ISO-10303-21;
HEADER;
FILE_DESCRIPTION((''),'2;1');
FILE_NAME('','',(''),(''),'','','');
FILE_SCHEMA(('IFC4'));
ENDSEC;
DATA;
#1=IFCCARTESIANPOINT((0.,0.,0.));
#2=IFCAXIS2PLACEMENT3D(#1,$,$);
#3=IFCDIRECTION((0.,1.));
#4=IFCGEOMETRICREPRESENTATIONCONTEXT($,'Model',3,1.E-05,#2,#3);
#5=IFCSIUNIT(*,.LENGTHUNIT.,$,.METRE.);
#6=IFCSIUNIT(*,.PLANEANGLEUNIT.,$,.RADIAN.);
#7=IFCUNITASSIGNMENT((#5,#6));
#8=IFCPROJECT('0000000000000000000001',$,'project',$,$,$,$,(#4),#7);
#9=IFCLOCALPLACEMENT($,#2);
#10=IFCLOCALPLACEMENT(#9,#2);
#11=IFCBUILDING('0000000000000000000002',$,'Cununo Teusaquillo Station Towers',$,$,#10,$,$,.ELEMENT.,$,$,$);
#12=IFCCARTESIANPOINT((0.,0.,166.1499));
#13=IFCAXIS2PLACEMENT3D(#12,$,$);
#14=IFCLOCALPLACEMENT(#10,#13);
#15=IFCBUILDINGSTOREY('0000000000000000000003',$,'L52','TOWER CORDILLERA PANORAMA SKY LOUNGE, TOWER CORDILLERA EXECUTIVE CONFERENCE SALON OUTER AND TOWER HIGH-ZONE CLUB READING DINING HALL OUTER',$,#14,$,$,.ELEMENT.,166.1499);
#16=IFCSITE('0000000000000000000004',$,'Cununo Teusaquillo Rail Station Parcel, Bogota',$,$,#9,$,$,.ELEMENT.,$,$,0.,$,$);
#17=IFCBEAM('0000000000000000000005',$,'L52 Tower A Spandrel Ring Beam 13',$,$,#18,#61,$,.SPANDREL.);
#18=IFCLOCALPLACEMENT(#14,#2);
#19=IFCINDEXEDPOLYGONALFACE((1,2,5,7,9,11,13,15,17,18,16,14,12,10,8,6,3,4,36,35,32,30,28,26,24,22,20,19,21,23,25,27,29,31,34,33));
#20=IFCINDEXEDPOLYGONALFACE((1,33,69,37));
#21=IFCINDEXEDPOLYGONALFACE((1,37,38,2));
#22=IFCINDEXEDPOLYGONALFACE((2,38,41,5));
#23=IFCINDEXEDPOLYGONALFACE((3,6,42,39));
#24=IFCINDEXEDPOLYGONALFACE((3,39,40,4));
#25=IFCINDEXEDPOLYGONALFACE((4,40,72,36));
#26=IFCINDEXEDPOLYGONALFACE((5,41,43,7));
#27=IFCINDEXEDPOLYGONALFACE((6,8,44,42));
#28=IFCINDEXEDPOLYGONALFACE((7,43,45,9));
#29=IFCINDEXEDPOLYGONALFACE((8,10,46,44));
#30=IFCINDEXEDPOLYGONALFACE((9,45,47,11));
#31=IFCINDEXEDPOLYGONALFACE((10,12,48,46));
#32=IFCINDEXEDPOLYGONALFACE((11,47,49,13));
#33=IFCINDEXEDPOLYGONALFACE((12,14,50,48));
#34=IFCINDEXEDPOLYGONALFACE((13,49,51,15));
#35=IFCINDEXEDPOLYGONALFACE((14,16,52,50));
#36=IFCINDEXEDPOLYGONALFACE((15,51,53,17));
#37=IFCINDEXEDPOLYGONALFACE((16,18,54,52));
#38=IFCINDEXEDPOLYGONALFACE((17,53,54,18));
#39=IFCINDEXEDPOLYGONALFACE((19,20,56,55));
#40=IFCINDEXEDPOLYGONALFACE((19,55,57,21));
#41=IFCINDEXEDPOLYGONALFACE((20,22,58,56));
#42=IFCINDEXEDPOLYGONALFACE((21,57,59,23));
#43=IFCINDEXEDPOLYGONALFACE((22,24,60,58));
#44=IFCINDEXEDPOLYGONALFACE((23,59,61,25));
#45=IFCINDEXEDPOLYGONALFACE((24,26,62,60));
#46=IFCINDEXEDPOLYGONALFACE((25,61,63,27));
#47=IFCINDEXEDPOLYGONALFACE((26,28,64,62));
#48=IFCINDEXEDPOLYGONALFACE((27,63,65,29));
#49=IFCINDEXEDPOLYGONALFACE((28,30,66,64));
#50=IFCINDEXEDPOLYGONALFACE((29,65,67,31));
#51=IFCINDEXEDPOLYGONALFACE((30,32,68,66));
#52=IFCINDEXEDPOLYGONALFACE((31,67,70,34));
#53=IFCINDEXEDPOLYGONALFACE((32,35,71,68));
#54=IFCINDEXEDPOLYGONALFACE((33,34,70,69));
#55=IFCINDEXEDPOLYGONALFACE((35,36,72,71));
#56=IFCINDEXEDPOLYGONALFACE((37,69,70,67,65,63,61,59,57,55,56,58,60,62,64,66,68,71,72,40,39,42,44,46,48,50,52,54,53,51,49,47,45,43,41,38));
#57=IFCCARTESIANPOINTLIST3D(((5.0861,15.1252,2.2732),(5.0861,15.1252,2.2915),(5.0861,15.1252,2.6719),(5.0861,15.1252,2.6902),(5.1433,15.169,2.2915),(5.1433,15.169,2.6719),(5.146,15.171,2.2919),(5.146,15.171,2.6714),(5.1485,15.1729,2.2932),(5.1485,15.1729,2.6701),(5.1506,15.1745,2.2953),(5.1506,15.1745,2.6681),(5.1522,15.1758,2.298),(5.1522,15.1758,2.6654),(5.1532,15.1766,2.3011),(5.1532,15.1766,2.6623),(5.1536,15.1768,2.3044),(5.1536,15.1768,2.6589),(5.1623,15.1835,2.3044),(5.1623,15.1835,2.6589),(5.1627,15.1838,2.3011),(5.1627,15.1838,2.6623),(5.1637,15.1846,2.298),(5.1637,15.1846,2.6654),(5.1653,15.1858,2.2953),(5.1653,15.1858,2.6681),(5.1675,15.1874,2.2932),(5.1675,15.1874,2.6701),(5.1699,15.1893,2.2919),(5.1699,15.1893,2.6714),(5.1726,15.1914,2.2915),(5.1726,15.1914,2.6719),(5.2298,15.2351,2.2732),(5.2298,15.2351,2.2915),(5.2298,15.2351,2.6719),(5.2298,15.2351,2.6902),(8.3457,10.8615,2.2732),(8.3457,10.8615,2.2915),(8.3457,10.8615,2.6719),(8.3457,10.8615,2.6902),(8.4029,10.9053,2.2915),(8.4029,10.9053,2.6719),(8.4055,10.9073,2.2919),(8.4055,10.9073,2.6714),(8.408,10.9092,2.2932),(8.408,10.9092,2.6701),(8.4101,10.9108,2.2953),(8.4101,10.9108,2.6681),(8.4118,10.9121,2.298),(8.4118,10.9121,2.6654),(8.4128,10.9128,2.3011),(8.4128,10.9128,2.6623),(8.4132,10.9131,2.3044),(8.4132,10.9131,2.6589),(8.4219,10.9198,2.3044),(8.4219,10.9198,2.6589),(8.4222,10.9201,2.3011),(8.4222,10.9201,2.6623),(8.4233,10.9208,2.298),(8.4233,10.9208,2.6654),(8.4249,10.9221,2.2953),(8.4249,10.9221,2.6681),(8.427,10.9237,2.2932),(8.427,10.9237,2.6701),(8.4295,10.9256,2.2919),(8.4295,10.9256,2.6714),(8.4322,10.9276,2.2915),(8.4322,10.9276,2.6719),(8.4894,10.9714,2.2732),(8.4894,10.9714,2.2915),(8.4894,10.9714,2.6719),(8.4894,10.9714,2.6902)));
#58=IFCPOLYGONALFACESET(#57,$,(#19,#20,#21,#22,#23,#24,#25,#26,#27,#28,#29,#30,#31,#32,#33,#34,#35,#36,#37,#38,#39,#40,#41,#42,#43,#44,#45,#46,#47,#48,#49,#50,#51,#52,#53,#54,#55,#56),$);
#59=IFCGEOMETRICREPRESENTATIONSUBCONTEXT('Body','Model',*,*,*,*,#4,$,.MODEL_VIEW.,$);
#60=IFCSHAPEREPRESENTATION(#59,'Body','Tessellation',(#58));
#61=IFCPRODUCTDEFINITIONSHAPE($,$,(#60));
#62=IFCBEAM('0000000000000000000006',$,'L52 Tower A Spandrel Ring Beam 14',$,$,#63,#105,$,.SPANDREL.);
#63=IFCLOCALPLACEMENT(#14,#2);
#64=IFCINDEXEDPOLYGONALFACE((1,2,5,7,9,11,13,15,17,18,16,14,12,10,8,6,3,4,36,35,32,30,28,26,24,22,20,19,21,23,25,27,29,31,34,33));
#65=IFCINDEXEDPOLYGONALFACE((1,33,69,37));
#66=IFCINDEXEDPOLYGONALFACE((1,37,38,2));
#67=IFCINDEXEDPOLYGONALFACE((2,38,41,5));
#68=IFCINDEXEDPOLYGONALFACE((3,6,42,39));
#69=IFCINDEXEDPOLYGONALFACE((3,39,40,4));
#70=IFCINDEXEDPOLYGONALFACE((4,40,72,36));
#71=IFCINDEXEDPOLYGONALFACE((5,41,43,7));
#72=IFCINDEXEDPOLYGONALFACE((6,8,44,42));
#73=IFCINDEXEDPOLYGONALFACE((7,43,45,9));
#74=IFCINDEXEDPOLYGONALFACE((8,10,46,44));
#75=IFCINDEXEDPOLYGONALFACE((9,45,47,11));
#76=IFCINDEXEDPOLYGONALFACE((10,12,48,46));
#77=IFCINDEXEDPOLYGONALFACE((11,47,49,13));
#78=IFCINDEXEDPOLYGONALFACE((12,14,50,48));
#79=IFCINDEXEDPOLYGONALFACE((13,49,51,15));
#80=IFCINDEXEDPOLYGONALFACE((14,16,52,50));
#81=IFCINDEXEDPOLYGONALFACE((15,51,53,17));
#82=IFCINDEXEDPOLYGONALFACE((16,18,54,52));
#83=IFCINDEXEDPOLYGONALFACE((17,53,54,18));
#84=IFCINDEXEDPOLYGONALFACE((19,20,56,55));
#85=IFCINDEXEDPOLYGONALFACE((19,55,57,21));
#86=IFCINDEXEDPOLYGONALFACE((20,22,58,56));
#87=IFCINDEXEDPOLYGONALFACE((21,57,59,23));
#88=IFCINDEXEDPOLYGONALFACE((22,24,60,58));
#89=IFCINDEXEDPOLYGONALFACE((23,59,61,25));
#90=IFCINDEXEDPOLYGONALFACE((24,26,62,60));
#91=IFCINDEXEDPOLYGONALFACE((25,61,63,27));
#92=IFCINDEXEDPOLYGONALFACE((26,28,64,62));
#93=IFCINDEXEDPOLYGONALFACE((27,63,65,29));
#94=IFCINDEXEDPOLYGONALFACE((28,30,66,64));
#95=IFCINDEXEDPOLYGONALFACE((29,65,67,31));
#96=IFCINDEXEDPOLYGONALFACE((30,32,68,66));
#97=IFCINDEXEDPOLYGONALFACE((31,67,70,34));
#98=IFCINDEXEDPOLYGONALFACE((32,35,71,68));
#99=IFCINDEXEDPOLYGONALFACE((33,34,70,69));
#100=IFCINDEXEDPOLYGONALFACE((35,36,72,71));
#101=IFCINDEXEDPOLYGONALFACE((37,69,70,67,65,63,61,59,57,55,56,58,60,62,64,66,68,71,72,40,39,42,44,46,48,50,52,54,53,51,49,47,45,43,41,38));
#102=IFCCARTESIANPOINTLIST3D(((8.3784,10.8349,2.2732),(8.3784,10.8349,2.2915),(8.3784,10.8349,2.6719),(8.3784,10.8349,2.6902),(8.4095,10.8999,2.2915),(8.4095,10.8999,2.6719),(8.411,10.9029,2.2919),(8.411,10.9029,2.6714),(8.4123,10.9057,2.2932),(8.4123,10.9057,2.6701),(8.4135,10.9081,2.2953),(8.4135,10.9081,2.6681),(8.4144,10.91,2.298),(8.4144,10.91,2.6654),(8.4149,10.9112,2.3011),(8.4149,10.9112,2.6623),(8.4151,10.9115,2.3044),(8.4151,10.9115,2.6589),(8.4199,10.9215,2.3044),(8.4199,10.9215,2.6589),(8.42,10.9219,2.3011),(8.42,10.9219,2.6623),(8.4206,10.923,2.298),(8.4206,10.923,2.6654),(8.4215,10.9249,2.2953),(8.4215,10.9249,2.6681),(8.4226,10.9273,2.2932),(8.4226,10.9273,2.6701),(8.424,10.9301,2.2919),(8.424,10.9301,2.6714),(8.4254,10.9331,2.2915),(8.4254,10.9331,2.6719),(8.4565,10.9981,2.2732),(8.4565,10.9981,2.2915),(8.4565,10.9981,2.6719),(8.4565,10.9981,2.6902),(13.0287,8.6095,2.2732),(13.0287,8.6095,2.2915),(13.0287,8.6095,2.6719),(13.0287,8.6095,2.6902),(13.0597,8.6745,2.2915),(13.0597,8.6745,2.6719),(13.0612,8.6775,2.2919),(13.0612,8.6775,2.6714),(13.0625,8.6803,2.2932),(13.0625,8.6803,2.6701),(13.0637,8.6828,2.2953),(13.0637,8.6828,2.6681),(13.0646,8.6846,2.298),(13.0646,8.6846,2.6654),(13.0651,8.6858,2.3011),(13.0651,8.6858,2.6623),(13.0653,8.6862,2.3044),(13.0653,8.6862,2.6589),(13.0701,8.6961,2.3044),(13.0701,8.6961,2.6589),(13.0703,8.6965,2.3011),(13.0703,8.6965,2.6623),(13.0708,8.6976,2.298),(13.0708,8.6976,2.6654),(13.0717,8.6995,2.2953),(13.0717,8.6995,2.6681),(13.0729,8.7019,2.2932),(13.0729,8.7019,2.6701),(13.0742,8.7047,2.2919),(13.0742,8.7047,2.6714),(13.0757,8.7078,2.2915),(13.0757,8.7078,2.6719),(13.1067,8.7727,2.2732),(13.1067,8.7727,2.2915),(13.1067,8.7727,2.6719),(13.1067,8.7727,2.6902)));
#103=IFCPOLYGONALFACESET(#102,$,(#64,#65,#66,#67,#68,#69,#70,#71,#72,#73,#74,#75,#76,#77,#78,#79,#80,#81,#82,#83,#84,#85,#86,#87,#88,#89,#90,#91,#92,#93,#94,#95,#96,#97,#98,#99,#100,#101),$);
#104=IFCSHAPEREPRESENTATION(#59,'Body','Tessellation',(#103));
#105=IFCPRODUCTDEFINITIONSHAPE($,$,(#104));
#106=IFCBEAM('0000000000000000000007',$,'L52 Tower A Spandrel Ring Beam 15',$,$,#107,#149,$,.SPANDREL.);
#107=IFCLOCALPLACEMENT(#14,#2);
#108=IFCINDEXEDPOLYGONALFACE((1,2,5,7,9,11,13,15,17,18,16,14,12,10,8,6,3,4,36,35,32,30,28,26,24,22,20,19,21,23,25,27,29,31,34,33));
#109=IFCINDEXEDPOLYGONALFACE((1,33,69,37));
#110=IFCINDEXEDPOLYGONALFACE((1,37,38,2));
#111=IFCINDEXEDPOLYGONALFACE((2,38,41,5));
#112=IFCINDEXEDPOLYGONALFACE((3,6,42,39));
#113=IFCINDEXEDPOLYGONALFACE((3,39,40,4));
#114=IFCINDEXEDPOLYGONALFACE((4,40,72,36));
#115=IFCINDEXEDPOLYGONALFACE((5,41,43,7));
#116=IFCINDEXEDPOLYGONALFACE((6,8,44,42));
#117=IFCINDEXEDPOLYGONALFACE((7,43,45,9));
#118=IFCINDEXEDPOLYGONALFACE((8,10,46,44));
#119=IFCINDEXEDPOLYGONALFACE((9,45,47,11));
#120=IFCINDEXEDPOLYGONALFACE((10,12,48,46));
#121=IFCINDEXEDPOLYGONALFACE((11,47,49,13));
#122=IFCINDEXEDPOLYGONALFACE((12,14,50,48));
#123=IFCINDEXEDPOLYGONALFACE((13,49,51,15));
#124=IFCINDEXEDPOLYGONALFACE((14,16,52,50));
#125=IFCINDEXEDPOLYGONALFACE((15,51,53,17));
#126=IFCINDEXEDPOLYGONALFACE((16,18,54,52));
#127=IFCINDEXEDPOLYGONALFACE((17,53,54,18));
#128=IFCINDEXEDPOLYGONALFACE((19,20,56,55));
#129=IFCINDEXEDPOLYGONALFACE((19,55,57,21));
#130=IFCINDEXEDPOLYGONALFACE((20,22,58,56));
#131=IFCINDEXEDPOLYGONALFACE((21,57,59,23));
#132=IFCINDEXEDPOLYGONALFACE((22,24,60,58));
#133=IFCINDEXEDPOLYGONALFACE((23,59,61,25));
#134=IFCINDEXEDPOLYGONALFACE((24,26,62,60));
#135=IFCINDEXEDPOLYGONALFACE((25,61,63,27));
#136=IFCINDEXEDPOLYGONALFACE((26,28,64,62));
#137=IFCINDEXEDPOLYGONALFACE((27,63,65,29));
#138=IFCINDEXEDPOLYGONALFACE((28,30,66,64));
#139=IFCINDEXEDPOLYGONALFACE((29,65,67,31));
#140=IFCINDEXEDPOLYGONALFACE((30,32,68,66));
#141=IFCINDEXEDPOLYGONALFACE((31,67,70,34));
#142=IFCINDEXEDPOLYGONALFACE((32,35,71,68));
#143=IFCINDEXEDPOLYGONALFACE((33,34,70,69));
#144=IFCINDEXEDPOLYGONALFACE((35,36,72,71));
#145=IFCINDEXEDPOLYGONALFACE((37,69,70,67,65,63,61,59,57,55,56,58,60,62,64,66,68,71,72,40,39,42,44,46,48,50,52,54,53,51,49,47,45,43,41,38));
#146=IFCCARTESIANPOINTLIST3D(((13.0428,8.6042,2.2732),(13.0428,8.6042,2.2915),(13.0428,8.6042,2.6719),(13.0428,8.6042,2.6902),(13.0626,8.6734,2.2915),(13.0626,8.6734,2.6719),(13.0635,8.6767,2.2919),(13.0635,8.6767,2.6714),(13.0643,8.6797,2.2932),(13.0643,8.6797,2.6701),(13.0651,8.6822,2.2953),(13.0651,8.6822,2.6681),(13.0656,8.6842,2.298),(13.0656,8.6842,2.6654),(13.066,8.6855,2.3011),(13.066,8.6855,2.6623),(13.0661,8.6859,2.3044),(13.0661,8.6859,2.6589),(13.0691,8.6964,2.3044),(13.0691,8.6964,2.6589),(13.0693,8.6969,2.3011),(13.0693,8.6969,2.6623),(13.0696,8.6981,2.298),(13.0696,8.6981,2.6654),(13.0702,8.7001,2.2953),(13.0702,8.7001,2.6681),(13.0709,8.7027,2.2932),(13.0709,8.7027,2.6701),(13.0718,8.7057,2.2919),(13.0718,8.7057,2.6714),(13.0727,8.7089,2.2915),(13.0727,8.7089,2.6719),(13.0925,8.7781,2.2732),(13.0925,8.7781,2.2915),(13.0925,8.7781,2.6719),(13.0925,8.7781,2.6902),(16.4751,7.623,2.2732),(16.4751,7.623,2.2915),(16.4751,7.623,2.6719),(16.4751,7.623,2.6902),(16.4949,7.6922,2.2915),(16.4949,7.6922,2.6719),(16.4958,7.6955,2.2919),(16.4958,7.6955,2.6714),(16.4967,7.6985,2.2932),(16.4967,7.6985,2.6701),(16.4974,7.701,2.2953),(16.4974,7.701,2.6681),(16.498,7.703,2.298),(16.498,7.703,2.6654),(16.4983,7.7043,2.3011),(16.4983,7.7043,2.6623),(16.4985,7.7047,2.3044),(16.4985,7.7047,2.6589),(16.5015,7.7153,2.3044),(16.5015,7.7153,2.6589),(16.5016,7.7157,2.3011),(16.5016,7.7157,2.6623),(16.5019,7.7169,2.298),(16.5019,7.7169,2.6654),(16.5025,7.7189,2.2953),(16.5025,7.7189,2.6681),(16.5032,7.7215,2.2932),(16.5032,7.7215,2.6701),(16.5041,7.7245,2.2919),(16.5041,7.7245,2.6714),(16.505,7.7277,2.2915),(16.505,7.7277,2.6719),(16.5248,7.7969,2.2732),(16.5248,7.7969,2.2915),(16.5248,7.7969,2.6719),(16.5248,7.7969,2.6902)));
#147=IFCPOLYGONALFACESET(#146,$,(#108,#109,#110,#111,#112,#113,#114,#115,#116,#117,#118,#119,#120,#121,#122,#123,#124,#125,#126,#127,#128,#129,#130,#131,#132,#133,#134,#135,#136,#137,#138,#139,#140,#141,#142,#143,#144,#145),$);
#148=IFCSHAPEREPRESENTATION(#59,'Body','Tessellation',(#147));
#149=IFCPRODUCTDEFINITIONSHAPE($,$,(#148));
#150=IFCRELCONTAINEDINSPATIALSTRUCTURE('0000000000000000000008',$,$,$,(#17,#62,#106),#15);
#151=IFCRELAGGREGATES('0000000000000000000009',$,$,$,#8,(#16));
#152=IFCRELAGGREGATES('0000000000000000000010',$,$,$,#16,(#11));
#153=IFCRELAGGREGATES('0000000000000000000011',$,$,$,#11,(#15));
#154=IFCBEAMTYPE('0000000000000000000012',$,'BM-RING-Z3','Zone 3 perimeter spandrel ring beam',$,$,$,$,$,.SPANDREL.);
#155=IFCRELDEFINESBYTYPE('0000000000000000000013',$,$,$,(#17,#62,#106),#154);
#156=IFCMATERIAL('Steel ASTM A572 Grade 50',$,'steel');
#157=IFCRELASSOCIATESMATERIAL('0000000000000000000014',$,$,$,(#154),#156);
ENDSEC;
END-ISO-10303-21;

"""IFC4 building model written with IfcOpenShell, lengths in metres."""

from ifc_helpers import new_model, si_unit, direction, frame, origin, origin_2d, place, context, subcontext, project, spatial, i_section, extrude, material, material_profile, profile_set, type_object, element, save


model = new_model("IFC4")

# Units and contexts
model_context = context("Model", 3, precision=1e-05, world=origin(), true_north=direction((0.0, 1.0)))
body_context = subcontext(model_context, "Body", "Model", "MODEL_VIEW")
ifc_project = project(units=[si_unit("LENGTHUNIT", "METRE"), si_unit("PLANEANGLEUNIT", "RADIAN")], contexts=[model_context])

# Site, building, storey
site_placement = place(None, origin())
site = spatial("IfcSite", under=ifc_project, at=site_placement, Name="Cununo Teusaquillo Rail Station Parcel, Bogota", CompositionType="ELEMENT", RefElevation=0.0)
building_placement = place(site_placement, origin())
building = spatial("IfcBuilding", under=site, at=building_placement, Name="Cununo Teusaquillo Station Towers", CompositionType="ELEMENT")
storey_placement = place(building_placement, frame((0.0, 0.0, 166.1499)))
storey = spatial("IfcBuildingStorey", under=building, at=storey_placement, Name="L52", Description="TOWER CORDILLERA PANORAMA SKY LOUNGE, TOWER CORDILLERA EXECUTIVE CONFERENCE SALON OUTER AND TOWER HIGH-ZONE CLUB READING DINING HALL OUTER", CompositionType="ELEMENT", Elevation=166.1499)

# Beams
ifc_material_1 = material(Name="Steel ASTM A572 Grade 50", Category="steel")
ifc_material_profile_1 = material_profile(ifc_material_1, i_section(OverallWidth=0.1809, OverallDepth=0.417, WebThickness=0.011, FlangeThickness=0.0183, FilletRadius=0.0129, at=origin_2d()), Name="W16X57")
ifc_profile_set_1 = profile_set([ifc_material_profile_1], Name="Steel ASTM A572 Grade 50")
beam_type = type_object("IfcBeamType", Name="BM-RING-Z3", Description="Zone 3 perimeter spandrel ring beam", PredefinedType="SPANDREL", material=ifc_profile_set_1)
beam_1_placement = place(storey_placement, frame((5.158, 15.1802, 2.4817), z_axis=(0.60734, -0.794442, 0.0), x_axis=(0.794442, 0.60734, 0.0)))
element("IfcBeam", 1, at=beam_1_placement, inside=storey, type_object=beam_type, Name="L52 Tower A Spandrel Ring Beam 13", PredefinedType="SPANDREL", context=body_context, shape_type="SweptSolid", body=[
    extrude(i_section(OverallWidth=0.1809, OverallDepth=0.417, WebThickness=0.011, FlangeThickness=0.0183, FilletRadius=0.0129, at=origin_2d()), origin(), (0.0, 0.0, 1.0), 5.3669),
])
beam_2_placement = place(storey_placement, frame((8.4175, 10.9165, 2.4817), z_axis=(0.902032, -0.43167, 0.0), x_axis=(0.43167, 0.902032, 0.0)))
element("IfcBeam", 2, at=beam_2_placement, inside=storey, type_object=beam_type, Name="L52 Tower A Spandrel Ring Beam 14", PredefinedType="SPANDREL", context=body_context, shape_type="SweptSolid", body=[
    extrude(i_section(OverallWidth=0.1809, OverallDepth=0.417, WebThickness=0.011, FlangeThickness=0.0183, FilletRadius=0.0129, at=origin_2d()), origin(), (0.0, 0.0, 1.0), 5.1553),
])
beam_3_placement = place(storey_placement, frame((13.0676, 8.6912, 2.4817), z_axis=(0.961485, -0.274857, 0.0), x_axis=(0.274857, 0.961485, 0.0)))
element("IfcBeam", 3, at=beam_3_placement, inside=storey, type_object=beam_type, Name="L52 Tower A Spandrel Ring Beam 15", PredefinedType="SPANDREL", context=body_context, shape_type="SweptSolid", body=[
    extrude(i_section(OverallWidth=0.1809, OverallDepth=0.417, WebThickness=0.011, FlangeThickness=0.0183, FilletRadius=0.0129, at=origin_2d()), origin(), (0.0, 0.0, 1.0), 3.5698),
])

save(model, "model.ifc")
